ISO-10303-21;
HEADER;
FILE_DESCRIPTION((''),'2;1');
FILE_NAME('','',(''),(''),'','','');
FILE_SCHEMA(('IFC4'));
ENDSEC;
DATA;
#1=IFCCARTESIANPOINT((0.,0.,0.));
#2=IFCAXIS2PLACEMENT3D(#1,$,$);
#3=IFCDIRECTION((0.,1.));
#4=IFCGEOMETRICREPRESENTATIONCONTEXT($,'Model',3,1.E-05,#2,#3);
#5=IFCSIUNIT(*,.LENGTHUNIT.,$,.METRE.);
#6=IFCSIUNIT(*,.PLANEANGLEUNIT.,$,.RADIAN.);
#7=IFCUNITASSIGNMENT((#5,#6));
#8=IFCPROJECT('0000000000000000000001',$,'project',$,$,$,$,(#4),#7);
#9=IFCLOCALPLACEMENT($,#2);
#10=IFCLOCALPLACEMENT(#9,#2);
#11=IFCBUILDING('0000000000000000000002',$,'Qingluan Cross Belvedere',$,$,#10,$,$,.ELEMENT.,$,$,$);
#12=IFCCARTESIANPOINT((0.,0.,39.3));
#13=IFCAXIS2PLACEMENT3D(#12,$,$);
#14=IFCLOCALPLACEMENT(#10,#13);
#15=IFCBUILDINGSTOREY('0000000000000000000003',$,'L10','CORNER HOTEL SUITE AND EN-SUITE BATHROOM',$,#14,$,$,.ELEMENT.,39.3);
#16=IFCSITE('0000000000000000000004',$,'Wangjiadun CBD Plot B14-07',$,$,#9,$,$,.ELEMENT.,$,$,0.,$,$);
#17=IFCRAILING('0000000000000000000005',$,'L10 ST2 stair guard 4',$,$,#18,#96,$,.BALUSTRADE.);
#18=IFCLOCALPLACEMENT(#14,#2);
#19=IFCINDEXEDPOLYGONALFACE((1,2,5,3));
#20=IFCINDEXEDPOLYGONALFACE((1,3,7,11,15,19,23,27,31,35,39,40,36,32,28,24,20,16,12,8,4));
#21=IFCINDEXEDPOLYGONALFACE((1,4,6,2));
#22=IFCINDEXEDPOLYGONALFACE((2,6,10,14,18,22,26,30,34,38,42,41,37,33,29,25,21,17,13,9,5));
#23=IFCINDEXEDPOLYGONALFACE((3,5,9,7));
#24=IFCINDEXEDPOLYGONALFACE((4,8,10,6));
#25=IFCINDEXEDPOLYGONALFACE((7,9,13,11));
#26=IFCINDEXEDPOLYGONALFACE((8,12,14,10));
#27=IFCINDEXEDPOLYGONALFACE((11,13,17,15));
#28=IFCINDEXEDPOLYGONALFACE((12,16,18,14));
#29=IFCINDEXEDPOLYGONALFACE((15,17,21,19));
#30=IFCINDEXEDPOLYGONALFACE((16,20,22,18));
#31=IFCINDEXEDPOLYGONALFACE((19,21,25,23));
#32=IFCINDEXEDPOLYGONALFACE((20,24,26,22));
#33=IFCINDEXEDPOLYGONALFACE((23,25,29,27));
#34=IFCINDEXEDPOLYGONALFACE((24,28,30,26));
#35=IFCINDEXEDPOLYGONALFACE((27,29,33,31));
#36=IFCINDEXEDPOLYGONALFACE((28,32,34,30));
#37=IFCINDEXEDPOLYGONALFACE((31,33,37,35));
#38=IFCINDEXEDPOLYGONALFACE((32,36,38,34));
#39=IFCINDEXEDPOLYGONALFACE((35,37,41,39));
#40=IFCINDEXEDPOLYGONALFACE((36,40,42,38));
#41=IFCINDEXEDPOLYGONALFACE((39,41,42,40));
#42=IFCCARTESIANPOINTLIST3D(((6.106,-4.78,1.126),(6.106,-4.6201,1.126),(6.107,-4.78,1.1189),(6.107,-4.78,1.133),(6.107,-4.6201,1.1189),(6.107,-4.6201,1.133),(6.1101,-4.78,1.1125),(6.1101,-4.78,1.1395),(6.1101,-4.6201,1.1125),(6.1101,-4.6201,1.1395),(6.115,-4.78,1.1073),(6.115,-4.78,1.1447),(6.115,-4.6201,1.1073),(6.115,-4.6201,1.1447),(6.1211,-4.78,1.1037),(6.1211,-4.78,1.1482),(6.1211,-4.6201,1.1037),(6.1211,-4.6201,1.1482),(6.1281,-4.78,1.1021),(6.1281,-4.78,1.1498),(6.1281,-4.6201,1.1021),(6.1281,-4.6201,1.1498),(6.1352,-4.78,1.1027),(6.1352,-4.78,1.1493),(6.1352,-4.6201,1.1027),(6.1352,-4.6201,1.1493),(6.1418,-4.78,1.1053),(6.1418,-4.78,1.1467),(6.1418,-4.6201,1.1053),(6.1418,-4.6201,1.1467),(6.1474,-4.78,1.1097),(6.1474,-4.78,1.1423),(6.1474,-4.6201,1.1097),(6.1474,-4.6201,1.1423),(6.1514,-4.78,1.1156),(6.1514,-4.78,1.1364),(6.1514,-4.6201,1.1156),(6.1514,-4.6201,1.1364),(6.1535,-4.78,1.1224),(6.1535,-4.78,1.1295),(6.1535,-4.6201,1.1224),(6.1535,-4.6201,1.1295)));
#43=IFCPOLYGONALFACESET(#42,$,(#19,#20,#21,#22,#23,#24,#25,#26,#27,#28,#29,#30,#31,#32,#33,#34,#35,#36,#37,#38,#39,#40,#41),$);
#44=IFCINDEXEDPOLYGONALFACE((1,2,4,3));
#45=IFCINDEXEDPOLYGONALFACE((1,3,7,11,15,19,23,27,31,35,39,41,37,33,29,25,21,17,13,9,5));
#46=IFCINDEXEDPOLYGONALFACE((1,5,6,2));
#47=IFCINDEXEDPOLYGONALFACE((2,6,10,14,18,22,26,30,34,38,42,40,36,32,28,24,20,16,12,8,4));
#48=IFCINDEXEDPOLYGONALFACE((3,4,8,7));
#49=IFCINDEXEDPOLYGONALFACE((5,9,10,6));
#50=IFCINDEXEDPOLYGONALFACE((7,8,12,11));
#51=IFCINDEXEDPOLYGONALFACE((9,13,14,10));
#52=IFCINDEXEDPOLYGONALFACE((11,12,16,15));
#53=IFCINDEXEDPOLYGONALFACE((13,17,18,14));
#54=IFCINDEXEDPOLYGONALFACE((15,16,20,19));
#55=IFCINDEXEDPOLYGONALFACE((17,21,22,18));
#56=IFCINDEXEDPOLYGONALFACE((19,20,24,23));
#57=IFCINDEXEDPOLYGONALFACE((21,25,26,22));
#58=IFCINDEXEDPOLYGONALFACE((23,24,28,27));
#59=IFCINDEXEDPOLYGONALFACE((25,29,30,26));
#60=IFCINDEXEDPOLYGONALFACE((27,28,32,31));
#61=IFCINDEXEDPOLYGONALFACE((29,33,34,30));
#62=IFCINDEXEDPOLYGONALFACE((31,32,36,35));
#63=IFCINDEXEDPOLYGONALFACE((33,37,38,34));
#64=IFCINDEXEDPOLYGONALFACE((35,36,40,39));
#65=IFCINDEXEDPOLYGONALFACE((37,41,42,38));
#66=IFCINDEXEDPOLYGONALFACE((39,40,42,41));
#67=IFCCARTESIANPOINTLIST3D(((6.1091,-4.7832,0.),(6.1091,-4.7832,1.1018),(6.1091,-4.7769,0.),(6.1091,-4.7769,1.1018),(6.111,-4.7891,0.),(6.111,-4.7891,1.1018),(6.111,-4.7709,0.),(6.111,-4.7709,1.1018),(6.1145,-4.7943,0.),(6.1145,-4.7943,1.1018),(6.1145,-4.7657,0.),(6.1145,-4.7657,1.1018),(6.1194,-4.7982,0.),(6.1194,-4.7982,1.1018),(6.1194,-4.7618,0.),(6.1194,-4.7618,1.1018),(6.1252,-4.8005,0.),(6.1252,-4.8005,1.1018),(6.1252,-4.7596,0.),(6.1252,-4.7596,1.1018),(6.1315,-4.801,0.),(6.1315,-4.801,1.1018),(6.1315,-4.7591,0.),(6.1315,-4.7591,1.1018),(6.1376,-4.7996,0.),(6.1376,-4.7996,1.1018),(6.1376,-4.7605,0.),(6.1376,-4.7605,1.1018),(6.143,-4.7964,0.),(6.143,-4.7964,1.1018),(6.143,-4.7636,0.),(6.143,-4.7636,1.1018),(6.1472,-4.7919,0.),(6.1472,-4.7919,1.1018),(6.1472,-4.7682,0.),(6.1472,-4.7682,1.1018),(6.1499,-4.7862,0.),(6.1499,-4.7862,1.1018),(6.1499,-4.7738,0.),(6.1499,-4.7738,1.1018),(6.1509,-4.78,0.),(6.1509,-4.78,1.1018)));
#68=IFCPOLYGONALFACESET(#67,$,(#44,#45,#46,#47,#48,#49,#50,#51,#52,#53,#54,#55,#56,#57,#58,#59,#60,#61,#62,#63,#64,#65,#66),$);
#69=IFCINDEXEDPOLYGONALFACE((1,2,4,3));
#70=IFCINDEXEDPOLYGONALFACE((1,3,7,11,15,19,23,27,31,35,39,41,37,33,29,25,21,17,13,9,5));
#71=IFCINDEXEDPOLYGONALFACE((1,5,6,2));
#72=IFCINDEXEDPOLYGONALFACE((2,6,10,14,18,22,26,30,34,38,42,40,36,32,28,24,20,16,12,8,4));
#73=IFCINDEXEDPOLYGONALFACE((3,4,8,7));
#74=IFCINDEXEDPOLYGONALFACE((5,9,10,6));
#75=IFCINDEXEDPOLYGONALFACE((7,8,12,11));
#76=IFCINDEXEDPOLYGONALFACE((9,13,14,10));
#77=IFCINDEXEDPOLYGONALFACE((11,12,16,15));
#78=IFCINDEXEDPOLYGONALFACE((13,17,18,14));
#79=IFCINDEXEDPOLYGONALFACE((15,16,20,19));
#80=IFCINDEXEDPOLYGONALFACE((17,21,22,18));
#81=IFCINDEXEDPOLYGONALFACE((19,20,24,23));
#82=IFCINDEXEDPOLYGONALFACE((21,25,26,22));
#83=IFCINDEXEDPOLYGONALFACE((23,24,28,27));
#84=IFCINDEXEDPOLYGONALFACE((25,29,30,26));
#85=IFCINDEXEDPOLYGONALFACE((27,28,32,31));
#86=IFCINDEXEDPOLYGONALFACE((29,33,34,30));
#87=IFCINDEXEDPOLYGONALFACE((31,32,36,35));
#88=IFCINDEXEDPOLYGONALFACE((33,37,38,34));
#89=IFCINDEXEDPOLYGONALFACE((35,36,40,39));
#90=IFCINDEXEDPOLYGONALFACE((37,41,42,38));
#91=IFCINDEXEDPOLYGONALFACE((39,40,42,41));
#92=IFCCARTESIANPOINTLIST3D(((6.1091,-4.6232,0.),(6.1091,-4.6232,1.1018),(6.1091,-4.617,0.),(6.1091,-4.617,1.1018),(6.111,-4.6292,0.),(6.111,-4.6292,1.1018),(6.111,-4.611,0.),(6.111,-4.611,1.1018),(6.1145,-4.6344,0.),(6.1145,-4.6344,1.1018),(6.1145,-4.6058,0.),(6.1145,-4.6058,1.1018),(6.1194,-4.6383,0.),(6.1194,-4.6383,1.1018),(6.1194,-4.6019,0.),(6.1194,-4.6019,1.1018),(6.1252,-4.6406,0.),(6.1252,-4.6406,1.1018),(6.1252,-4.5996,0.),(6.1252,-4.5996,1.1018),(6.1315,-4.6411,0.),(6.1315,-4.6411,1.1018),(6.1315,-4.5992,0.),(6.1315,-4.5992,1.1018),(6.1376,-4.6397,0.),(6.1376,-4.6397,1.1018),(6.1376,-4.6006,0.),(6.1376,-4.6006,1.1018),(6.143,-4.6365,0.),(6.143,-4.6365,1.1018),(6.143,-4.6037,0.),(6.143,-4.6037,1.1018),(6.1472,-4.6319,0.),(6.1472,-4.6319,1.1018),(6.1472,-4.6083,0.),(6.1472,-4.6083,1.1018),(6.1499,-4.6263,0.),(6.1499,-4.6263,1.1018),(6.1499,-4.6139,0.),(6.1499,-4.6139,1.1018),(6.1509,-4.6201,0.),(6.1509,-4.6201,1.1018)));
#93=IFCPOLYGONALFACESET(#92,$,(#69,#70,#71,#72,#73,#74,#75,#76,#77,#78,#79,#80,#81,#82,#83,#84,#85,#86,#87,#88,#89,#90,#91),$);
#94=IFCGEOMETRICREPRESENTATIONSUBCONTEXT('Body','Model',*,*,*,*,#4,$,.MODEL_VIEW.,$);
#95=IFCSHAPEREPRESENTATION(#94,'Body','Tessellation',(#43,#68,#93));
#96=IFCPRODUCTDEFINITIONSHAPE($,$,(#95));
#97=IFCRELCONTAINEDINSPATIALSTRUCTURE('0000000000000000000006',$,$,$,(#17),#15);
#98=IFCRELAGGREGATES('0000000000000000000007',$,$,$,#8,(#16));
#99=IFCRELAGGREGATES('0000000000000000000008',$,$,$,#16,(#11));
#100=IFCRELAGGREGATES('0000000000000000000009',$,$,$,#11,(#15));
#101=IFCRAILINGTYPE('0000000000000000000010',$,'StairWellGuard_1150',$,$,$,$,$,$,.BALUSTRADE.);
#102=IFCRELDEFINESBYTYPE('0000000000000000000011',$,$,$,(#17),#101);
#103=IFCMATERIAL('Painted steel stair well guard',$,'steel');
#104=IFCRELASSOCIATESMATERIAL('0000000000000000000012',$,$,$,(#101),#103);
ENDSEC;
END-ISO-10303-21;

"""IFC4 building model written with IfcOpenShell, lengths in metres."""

from ifc_helpers import new_model, si_unit, direction, frame, origin, origin_2d, place, context, subcontext, project, spatial, circle, extrude, material, type_object, element, save


model = new_model("IFC4")

# Units and contexts
model_context = context("Model", 3, precision=1e-05, world=origin(), true_north=direction((0.0, 1.0)))
body_context = subcontext(model_context, "Body", "Model", "MODEL_VIEW")
ifc_project = project(units=[si_unit("LENGTHUNIT", "METRE"), si_unit("PLANEANGLEUNIT", "RADIAN")], contexts=[model_context])

# Site, building, storey
site_placement = place(None, origin())
site = spatial("IfcSite", under=ifc_project, at=site_placement, Name="Wangjiadun CBD Plot B14-07", CompositionType="ELEMENT", RefElevation=0.0)
building_placement = place(site_placement, origin())
building = spatial("IfcBuilding", under=site, at=building_placement, Name="Qingluan Cross Belvedere", CompositionType="ELEMENT")
storey_placement = place(building_placement, frame((0.0, 0.0, 39.3)))
storey = spatial("IfcBuildingStorey", under=building, at=storey_placement, Name="L10", Description="CORNER HOTEL SUITE AND EN-SUITE BATHROOM", CompositionType="ELEMENT", Elevation=39.3)

# Railing
ifc_material_1 = material(Name="Painted steel stair well guard", Category="steel")
railing_type_1 = type_object("IfcRailingType", Name="StairWellGuard_1150", PredefinedType="BALUSTRADE", material=ifc_material_1)
railing_1_placement = place(storey_placement, frame((6.1299, -4.78, 0.0)))
element("IfcRailing", 1, at=railing_1_placement, inside=storey, type_object=railing_type_1, Name="L10 ST2 stair guard 4", PredefinedType="BALUSTRADE", context=body_context, shape_type="SweptSolid", body=[
    extrude(circle(Radius=0.0239, at=origin_2d()), frame((0.0, 0.0, 1.126), z_axis=(0.0, 1.0, 0.0), x_axis=(-1.0, 0.0, 0.0)), (0.0, 0.0, 1.0), 0.1599),
    extrude(circle(Radius=0.021, at=origin_2d()), origin(), (0.0, 0.0, 1.0), 1.1018),
    extrude(circle(Radius=0.021, at=origin_2d()), frame((0.0, 0.1599, 0.0)), (0.0, 0.0, 1.0), 1.1018),
])

save(model, "model.ifc")
